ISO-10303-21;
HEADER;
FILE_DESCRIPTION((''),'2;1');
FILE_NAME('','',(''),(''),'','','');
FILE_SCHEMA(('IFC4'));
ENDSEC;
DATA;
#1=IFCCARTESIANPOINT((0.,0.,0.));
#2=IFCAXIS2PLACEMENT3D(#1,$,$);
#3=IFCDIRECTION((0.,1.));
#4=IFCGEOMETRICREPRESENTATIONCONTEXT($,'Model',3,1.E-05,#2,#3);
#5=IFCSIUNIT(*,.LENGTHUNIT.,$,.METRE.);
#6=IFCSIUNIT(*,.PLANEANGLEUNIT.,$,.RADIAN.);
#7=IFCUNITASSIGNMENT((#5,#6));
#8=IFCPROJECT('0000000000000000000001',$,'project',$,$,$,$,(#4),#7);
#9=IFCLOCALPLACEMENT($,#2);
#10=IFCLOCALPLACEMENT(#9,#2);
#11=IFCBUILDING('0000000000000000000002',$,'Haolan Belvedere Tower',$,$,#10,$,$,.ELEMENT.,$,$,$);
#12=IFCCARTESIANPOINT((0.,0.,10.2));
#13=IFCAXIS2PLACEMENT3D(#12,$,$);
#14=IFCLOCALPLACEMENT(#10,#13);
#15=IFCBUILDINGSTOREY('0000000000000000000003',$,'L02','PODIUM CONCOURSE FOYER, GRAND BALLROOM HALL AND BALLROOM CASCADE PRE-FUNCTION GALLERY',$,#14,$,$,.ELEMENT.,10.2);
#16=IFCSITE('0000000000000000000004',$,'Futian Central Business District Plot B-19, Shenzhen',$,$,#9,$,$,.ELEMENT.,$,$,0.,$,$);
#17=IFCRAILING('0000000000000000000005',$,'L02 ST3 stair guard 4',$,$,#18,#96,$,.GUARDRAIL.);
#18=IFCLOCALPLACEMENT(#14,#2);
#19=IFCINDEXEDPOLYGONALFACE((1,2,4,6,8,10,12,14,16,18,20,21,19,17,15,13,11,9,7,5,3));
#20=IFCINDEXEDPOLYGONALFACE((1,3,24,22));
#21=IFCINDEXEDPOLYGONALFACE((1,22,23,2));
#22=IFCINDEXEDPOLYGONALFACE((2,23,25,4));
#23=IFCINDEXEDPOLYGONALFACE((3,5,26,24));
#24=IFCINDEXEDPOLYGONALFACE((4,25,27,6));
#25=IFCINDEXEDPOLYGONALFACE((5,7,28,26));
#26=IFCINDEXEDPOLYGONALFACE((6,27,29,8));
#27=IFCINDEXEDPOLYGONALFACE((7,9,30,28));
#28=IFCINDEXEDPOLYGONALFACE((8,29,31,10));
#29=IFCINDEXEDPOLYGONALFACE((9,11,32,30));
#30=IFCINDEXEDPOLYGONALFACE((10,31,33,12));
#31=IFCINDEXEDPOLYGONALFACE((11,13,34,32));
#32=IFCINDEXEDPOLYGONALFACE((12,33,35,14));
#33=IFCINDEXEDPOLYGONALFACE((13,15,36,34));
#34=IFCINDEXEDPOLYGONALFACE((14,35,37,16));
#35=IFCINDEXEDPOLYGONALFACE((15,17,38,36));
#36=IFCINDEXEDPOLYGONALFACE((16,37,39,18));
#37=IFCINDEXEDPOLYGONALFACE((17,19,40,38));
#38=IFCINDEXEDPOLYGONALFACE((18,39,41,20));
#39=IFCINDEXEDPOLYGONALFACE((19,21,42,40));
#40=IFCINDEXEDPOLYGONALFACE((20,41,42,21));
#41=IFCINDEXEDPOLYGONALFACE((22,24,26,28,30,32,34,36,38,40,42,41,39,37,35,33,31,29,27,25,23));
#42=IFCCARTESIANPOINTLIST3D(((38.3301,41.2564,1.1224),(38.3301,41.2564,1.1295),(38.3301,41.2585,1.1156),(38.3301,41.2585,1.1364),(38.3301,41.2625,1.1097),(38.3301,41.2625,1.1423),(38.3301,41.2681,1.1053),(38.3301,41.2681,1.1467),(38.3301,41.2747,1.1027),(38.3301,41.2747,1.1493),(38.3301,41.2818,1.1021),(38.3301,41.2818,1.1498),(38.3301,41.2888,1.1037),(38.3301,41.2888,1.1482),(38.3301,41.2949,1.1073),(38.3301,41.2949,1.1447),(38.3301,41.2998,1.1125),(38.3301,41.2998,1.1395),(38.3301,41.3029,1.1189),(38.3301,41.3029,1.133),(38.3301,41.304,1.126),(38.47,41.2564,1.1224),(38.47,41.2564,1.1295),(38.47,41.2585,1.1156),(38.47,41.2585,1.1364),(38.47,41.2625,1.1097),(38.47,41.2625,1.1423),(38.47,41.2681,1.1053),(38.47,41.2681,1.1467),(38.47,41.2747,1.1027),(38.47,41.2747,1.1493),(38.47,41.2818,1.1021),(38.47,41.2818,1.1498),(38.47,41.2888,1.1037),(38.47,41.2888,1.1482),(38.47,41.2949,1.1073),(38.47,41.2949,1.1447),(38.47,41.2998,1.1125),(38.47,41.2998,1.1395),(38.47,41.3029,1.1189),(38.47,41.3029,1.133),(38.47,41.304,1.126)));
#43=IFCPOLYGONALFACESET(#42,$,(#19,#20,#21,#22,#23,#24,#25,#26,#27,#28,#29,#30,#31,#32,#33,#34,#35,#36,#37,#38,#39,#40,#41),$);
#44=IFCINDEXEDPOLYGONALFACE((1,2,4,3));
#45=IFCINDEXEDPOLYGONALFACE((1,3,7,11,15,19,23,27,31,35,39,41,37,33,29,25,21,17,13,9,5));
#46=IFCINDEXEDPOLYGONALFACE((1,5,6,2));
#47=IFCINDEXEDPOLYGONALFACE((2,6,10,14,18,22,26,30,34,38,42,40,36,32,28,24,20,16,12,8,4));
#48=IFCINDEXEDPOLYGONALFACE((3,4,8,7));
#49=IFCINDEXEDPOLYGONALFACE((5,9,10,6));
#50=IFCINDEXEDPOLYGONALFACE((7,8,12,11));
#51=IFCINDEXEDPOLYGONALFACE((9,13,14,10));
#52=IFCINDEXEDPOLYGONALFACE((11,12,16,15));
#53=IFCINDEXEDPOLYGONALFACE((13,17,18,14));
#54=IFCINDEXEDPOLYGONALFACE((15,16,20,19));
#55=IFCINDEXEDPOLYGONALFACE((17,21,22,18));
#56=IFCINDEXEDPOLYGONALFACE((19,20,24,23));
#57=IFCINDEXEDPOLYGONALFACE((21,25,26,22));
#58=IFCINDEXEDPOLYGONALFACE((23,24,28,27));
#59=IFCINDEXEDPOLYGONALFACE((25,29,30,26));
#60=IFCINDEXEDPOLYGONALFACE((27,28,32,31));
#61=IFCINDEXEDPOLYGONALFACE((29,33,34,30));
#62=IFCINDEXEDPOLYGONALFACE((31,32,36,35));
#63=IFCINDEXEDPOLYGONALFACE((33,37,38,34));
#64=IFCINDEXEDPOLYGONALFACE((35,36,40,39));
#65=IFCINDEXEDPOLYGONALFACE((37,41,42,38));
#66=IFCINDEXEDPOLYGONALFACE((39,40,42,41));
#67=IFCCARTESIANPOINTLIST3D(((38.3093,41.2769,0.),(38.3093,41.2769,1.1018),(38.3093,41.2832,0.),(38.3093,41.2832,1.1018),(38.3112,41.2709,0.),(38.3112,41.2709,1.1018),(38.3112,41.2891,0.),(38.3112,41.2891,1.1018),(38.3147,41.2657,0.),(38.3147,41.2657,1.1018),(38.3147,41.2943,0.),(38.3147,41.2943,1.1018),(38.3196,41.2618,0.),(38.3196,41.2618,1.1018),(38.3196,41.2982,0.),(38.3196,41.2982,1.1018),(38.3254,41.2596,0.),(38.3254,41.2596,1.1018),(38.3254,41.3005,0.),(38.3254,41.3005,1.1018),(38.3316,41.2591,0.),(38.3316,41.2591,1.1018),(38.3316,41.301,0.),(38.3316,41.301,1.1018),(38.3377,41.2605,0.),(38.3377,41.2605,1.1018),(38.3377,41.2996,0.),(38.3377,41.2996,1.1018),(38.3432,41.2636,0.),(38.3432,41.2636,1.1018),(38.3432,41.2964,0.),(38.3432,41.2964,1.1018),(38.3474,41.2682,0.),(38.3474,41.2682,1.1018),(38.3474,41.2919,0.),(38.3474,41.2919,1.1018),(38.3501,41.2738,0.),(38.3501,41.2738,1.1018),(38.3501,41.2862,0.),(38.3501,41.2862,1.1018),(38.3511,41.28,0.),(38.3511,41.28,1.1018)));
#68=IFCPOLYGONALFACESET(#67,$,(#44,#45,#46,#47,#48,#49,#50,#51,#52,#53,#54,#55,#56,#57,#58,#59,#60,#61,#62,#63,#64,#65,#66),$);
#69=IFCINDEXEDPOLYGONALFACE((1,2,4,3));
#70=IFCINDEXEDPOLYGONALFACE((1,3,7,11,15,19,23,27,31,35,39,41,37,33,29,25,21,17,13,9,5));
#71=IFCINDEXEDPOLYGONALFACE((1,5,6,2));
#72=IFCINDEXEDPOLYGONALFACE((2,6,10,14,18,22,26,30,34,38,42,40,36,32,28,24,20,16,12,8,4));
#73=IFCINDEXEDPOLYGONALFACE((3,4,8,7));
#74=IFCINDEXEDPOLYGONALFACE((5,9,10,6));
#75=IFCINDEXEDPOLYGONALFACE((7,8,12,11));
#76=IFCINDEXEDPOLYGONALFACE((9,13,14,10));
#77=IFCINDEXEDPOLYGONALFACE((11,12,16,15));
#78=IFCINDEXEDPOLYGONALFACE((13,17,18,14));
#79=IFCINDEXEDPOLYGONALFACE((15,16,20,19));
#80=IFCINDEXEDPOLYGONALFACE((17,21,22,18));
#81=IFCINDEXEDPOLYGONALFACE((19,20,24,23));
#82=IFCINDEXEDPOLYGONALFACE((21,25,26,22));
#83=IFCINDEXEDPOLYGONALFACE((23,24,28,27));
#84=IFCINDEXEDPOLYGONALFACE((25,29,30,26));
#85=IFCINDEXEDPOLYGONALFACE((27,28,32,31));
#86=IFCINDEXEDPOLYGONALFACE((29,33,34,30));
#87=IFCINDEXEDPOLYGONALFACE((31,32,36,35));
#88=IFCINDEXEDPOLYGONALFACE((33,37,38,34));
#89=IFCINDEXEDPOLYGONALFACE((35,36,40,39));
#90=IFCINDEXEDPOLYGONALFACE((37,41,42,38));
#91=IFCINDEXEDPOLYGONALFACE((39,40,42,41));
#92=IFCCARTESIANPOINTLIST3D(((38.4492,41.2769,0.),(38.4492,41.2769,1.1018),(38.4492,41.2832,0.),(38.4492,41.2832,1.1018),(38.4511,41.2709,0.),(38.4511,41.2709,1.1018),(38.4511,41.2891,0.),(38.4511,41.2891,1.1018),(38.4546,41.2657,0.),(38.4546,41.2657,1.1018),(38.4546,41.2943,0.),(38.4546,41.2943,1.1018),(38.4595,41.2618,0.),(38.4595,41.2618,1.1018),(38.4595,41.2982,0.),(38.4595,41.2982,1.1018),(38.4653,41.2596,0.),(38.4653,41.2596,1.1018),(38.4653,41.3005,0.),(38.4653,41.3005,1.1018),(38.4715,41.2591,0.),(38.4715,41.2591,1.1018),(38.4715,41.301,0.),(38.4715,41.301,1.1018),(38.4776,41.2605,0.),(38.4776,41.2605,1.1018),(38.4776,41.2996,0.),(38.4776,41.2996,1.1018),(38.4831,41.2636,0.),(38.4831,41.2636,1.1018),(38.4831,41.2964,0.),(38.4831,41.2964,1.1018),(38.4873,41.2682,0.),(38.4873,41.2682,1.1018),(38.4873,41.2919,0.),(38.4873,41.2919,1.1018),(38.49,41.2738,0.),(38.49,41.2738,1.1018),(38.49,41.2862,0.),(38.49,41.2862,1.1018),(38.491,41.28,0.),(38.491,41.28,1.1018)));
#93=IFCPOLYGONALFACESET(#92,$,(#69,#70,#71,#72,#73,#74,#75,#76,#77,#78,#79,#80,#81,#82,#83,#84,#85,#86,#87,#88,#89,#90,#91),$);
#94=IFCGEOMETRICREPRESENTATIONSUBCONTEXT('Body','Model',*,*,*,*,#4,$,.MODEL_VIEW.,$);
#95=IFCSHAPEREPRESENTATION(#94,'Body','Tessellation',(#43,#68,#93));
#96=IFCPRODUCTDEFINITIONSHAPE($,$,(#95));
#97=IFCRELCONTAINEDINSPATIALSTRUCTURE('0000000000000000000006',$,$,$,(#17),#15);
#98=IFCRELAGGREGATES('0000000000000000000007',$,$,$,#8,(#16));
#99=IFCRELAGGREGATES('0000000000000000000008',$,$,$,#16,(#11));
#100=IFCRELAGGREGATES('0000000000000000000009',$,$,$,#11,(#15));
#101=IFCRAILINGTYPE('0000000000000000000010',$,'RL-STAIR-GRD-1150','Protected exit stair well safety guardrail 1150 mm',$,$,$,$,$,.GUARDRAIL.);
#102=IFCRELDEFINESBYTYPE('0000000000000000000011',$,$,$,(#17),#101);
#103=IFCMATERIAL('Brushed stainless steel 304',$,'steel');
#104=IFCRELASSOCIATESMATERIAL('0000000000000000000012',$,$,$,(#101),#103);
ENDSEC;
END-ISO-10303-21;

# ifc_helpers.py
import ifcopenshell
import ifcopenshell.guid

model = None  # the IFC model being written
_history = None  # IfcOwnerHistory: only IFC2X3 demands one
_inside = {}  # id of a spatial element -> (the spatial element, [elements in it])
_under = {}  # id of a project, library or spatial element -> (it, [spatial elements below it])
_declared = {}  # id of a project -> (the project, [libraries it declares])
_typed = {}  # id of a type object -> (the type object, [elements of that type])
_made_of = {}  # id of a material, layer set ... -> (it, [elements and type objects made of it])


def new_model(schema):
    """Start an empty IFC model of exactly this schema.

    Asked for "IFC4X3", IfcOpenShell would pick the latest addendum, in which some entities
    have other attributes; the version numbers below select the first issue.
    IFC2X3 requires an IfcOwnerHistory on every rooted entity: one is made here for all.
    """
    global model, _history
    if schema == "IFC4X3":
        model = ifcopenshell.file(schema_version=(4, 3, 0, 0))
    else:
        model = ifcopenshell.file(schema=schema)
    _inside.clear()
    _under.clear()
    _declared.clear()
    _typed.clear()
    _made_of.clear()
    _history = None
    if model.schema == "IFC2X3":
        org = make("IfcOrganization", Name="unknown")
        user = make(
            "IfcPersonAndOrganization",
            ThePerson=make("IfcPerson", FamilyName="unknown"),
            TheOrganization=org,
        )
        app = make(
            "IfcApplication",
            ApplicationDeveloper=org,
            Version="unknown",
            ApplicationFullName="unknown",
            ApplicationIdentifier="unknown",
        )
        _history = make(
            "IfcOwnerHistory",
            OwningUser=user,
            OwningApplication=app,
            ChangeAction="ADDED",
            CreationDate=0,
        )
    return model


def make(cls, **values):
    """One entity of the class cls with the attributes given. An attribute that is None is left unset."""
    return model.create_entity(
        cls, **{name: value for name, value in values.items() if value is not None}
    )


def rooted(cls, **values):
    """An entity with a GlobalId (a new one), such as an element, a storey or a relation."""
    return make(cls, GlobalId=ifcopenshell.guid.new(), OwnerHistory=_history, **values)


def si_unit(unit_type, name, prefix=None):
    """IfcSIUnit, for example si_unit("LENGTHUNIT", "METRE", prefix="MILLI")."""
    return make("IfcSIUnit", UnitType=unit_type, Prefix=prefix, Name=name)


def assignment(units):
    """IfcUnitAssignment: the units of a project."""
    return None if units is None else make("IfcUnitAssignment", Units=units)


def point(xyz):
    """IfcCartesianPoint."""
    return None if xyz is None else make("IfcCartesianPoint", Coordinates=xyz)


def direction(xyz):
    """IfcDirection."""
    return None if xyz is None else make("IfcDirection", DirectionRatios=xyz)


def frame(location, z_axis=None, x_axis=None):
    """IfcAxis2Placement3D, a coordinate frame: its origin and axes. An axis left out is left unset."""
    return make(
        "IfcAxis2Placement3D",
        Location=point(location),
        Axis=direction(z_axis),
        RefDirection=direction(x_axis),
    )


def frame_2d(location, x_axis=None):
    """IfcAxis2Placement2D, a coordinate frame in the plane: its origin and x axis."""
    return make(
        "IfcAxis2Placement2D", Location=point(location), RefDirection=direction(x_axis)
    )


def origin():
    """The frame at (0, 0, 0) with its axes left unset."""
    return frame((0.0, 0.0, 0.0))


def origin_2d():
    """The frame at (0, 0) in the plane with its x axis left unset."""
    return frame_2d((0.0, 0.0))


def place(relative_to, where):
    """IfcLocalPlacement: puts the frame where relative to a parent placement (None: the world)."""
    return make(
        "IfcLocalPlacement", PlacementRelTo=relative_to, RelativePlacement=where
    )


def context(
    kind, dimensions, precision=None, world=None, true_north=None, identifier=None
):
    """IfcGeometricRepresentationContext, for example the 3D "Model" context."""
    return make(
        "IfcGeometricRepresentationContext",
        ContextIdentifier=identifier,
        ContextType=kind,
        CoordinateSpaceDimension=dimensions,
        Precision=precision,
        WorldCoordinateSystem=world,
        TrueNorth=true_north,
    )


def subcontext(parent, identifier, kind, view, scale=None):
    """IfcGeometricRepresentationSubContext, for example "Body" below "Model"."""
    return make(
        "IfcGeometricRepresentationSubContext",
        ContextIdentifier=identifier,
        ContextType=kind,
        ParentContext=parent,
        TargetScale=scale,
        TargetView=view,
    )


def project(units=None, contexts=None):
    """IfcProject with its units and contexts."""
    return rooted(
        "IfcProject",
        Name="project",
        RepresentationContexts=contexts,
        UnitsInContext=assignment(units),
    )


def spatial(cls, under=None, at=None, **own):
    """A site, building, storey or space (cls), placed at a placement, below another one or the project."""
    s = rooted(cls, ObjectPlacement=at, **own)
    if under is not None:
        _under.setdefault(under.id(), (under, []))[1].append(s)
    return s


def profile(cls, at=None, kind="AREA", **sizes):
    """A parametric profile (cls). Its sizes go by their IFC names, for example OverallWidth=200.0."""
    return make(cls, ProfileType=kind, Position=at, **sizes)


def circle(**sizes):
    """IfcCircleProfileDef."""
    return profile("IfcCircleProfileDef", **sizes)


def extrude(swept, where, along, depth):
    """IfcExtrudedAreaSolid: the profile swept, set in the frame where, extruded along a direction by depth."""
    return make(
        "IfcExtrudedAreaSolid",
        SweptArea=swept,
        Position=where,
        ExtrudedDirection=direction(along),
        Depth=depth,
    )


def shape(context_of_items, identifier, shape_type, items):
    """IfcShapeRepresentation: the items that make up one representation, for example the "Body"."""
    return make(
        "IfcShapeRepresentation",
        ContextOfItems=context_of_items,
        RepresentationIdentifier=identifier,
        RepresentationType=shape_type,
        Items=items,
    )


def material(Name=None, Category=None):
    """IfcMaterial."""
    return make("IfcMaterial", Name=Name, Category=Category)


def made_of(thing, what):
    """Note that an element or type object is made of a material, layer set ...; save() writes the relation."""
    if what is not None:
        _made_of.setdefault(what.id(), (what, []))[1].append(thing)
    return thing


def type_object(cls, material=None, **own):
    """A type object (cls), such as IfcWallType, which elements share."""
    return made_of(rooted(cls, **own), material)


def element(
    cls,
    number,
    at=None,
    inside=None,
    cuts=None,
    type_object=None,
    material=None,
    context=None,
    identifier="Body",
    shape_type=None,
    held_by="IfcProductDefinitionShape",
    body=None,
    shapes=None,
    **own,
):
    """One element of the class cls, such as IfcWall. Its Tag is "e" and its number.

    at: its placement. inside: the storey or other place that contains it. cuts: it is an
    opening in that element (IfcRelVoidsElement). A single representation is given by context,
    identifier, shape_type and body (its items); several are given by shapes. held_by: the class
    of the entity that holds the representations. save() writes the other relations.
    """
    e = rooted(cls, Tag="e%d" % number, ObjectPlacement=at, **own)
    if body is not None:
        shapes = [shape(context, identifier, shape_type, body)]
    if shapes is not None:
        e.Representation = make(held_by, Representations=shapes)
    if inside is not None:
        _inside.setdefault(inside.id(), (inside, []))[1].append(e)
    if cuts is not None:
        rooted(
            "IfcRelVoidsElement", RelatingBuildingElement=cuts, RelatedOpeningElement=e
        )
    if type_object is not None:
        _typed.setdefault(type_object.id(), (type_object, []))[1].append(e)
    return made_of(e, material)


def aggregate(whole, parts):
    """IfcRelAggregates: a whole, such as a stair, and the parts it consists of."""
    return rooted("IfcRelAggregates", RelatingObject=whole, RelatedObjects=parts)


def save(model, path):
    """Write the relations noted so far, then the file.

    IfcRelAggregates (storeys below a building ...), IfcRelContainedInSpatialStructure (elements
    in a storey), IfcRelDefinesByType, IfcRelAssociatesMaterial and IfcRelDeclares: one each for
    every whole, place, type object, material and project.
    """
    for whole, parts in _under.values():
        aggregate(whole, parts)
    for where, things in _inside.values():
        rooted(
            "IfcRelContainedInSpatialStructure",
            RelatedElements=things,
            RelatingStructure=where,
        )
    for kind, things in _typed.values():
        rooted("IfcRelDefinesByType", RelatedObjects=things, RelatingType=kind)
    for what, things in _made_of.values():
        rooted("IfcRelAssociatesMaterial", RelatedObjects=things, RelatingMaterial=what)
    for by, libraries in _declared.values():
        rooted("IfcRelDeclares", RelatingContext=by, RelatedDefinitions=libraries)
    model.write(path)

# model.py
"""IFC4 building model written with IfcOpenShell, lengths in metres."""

from ifc_helpers import new_model, si_unit, direction, frame, origin, origin_2d, place, context, subcontext, project, spatial, circle, extrude, material, type_object, element, save


model = new_model("IFC4")

# Units and contexts
model_context = context("Model", 3, precision=1e-05, world=origin(), true_north=direction((0.0, 1.0)))
body_context = subcontext(model_context, "Body", "Model", "MODEL_VIEW")
ifc_project = project(units=[si_unit("LENGTHUNIT", "METRE"), si_unit("PLANEANGLEUNIT", "RADIAN")], contexts=[model_context])

# Site, building, storey
site_placement = place(None, origin())
site = spatial("IfcSite", under=ifc_project, at=site_placement, Name="Futian Central Business District Plot B-19, Shenzhen", CompositionType="ELEMENT", RefElevation=0.0)
building_placement = place(site_placement, origin())
building = spatial("IfcBuilding", under=site, at=building_placement, Name="Haolan Belvedere Tower", CompositionType="ELEMENT")
storey_placement = place(building_placement, frame((0.0, 0.0, 10.2)))
storey = spatial("IfcBuildingStorey", under=building, at=storey_placement, Name="L02", Description="PODIUM CONCOURSE FOYER, GRAND BALLROOM HALL AND BALLROOM CASCADE PRE-FUNCTION GALLERY", CompositionType="ELEMENT", Elevation=10.2)

# Railing
ifc_material_1 = material(Name="Brushed stainless steel 304", Category="steel")
railing_type_1 = type_object("IfcRailingType", Name="RL-STAIR-GRD-1150", Description="Protected exit stair well safety guardrail 1150 mm", PredefinedType="GUARDRAIL", material=ifc_material_1)
railing_1_placement = place(storey_placement, frame((38.3301, 41.28, 0.0)))
element("IfcRailing", 1, at=railing_1_placement, inside=storey, type_object=railing_type_1, Name="L02 ST3 stair guard 4", PredefinedType="GUARDRAIL", context=body_context, shape_type="SweptSolid", body=[
    extrude(circle(Radius=0.0239, at=origin_2d()), frame((0.0, 0.0, 1.126), z_axis=(1.0, 0.0, 0.0), x_axis=(0.0, 1.0, 0.0)), (0.0, 0.0, 1.0), 0.1399),
    extrude(circle(Radius=0.021, at=origin_2d()), origin(), (0.0, 0.0, 1.0), 1.1018),
    extrude(circle(Radius=0.021, at=origin_2d()), frame((0.1399, 0.0, 0.0)), (0.0, 0.0, 1.0), 1.1018),
])

save(model, "model.ifc")
